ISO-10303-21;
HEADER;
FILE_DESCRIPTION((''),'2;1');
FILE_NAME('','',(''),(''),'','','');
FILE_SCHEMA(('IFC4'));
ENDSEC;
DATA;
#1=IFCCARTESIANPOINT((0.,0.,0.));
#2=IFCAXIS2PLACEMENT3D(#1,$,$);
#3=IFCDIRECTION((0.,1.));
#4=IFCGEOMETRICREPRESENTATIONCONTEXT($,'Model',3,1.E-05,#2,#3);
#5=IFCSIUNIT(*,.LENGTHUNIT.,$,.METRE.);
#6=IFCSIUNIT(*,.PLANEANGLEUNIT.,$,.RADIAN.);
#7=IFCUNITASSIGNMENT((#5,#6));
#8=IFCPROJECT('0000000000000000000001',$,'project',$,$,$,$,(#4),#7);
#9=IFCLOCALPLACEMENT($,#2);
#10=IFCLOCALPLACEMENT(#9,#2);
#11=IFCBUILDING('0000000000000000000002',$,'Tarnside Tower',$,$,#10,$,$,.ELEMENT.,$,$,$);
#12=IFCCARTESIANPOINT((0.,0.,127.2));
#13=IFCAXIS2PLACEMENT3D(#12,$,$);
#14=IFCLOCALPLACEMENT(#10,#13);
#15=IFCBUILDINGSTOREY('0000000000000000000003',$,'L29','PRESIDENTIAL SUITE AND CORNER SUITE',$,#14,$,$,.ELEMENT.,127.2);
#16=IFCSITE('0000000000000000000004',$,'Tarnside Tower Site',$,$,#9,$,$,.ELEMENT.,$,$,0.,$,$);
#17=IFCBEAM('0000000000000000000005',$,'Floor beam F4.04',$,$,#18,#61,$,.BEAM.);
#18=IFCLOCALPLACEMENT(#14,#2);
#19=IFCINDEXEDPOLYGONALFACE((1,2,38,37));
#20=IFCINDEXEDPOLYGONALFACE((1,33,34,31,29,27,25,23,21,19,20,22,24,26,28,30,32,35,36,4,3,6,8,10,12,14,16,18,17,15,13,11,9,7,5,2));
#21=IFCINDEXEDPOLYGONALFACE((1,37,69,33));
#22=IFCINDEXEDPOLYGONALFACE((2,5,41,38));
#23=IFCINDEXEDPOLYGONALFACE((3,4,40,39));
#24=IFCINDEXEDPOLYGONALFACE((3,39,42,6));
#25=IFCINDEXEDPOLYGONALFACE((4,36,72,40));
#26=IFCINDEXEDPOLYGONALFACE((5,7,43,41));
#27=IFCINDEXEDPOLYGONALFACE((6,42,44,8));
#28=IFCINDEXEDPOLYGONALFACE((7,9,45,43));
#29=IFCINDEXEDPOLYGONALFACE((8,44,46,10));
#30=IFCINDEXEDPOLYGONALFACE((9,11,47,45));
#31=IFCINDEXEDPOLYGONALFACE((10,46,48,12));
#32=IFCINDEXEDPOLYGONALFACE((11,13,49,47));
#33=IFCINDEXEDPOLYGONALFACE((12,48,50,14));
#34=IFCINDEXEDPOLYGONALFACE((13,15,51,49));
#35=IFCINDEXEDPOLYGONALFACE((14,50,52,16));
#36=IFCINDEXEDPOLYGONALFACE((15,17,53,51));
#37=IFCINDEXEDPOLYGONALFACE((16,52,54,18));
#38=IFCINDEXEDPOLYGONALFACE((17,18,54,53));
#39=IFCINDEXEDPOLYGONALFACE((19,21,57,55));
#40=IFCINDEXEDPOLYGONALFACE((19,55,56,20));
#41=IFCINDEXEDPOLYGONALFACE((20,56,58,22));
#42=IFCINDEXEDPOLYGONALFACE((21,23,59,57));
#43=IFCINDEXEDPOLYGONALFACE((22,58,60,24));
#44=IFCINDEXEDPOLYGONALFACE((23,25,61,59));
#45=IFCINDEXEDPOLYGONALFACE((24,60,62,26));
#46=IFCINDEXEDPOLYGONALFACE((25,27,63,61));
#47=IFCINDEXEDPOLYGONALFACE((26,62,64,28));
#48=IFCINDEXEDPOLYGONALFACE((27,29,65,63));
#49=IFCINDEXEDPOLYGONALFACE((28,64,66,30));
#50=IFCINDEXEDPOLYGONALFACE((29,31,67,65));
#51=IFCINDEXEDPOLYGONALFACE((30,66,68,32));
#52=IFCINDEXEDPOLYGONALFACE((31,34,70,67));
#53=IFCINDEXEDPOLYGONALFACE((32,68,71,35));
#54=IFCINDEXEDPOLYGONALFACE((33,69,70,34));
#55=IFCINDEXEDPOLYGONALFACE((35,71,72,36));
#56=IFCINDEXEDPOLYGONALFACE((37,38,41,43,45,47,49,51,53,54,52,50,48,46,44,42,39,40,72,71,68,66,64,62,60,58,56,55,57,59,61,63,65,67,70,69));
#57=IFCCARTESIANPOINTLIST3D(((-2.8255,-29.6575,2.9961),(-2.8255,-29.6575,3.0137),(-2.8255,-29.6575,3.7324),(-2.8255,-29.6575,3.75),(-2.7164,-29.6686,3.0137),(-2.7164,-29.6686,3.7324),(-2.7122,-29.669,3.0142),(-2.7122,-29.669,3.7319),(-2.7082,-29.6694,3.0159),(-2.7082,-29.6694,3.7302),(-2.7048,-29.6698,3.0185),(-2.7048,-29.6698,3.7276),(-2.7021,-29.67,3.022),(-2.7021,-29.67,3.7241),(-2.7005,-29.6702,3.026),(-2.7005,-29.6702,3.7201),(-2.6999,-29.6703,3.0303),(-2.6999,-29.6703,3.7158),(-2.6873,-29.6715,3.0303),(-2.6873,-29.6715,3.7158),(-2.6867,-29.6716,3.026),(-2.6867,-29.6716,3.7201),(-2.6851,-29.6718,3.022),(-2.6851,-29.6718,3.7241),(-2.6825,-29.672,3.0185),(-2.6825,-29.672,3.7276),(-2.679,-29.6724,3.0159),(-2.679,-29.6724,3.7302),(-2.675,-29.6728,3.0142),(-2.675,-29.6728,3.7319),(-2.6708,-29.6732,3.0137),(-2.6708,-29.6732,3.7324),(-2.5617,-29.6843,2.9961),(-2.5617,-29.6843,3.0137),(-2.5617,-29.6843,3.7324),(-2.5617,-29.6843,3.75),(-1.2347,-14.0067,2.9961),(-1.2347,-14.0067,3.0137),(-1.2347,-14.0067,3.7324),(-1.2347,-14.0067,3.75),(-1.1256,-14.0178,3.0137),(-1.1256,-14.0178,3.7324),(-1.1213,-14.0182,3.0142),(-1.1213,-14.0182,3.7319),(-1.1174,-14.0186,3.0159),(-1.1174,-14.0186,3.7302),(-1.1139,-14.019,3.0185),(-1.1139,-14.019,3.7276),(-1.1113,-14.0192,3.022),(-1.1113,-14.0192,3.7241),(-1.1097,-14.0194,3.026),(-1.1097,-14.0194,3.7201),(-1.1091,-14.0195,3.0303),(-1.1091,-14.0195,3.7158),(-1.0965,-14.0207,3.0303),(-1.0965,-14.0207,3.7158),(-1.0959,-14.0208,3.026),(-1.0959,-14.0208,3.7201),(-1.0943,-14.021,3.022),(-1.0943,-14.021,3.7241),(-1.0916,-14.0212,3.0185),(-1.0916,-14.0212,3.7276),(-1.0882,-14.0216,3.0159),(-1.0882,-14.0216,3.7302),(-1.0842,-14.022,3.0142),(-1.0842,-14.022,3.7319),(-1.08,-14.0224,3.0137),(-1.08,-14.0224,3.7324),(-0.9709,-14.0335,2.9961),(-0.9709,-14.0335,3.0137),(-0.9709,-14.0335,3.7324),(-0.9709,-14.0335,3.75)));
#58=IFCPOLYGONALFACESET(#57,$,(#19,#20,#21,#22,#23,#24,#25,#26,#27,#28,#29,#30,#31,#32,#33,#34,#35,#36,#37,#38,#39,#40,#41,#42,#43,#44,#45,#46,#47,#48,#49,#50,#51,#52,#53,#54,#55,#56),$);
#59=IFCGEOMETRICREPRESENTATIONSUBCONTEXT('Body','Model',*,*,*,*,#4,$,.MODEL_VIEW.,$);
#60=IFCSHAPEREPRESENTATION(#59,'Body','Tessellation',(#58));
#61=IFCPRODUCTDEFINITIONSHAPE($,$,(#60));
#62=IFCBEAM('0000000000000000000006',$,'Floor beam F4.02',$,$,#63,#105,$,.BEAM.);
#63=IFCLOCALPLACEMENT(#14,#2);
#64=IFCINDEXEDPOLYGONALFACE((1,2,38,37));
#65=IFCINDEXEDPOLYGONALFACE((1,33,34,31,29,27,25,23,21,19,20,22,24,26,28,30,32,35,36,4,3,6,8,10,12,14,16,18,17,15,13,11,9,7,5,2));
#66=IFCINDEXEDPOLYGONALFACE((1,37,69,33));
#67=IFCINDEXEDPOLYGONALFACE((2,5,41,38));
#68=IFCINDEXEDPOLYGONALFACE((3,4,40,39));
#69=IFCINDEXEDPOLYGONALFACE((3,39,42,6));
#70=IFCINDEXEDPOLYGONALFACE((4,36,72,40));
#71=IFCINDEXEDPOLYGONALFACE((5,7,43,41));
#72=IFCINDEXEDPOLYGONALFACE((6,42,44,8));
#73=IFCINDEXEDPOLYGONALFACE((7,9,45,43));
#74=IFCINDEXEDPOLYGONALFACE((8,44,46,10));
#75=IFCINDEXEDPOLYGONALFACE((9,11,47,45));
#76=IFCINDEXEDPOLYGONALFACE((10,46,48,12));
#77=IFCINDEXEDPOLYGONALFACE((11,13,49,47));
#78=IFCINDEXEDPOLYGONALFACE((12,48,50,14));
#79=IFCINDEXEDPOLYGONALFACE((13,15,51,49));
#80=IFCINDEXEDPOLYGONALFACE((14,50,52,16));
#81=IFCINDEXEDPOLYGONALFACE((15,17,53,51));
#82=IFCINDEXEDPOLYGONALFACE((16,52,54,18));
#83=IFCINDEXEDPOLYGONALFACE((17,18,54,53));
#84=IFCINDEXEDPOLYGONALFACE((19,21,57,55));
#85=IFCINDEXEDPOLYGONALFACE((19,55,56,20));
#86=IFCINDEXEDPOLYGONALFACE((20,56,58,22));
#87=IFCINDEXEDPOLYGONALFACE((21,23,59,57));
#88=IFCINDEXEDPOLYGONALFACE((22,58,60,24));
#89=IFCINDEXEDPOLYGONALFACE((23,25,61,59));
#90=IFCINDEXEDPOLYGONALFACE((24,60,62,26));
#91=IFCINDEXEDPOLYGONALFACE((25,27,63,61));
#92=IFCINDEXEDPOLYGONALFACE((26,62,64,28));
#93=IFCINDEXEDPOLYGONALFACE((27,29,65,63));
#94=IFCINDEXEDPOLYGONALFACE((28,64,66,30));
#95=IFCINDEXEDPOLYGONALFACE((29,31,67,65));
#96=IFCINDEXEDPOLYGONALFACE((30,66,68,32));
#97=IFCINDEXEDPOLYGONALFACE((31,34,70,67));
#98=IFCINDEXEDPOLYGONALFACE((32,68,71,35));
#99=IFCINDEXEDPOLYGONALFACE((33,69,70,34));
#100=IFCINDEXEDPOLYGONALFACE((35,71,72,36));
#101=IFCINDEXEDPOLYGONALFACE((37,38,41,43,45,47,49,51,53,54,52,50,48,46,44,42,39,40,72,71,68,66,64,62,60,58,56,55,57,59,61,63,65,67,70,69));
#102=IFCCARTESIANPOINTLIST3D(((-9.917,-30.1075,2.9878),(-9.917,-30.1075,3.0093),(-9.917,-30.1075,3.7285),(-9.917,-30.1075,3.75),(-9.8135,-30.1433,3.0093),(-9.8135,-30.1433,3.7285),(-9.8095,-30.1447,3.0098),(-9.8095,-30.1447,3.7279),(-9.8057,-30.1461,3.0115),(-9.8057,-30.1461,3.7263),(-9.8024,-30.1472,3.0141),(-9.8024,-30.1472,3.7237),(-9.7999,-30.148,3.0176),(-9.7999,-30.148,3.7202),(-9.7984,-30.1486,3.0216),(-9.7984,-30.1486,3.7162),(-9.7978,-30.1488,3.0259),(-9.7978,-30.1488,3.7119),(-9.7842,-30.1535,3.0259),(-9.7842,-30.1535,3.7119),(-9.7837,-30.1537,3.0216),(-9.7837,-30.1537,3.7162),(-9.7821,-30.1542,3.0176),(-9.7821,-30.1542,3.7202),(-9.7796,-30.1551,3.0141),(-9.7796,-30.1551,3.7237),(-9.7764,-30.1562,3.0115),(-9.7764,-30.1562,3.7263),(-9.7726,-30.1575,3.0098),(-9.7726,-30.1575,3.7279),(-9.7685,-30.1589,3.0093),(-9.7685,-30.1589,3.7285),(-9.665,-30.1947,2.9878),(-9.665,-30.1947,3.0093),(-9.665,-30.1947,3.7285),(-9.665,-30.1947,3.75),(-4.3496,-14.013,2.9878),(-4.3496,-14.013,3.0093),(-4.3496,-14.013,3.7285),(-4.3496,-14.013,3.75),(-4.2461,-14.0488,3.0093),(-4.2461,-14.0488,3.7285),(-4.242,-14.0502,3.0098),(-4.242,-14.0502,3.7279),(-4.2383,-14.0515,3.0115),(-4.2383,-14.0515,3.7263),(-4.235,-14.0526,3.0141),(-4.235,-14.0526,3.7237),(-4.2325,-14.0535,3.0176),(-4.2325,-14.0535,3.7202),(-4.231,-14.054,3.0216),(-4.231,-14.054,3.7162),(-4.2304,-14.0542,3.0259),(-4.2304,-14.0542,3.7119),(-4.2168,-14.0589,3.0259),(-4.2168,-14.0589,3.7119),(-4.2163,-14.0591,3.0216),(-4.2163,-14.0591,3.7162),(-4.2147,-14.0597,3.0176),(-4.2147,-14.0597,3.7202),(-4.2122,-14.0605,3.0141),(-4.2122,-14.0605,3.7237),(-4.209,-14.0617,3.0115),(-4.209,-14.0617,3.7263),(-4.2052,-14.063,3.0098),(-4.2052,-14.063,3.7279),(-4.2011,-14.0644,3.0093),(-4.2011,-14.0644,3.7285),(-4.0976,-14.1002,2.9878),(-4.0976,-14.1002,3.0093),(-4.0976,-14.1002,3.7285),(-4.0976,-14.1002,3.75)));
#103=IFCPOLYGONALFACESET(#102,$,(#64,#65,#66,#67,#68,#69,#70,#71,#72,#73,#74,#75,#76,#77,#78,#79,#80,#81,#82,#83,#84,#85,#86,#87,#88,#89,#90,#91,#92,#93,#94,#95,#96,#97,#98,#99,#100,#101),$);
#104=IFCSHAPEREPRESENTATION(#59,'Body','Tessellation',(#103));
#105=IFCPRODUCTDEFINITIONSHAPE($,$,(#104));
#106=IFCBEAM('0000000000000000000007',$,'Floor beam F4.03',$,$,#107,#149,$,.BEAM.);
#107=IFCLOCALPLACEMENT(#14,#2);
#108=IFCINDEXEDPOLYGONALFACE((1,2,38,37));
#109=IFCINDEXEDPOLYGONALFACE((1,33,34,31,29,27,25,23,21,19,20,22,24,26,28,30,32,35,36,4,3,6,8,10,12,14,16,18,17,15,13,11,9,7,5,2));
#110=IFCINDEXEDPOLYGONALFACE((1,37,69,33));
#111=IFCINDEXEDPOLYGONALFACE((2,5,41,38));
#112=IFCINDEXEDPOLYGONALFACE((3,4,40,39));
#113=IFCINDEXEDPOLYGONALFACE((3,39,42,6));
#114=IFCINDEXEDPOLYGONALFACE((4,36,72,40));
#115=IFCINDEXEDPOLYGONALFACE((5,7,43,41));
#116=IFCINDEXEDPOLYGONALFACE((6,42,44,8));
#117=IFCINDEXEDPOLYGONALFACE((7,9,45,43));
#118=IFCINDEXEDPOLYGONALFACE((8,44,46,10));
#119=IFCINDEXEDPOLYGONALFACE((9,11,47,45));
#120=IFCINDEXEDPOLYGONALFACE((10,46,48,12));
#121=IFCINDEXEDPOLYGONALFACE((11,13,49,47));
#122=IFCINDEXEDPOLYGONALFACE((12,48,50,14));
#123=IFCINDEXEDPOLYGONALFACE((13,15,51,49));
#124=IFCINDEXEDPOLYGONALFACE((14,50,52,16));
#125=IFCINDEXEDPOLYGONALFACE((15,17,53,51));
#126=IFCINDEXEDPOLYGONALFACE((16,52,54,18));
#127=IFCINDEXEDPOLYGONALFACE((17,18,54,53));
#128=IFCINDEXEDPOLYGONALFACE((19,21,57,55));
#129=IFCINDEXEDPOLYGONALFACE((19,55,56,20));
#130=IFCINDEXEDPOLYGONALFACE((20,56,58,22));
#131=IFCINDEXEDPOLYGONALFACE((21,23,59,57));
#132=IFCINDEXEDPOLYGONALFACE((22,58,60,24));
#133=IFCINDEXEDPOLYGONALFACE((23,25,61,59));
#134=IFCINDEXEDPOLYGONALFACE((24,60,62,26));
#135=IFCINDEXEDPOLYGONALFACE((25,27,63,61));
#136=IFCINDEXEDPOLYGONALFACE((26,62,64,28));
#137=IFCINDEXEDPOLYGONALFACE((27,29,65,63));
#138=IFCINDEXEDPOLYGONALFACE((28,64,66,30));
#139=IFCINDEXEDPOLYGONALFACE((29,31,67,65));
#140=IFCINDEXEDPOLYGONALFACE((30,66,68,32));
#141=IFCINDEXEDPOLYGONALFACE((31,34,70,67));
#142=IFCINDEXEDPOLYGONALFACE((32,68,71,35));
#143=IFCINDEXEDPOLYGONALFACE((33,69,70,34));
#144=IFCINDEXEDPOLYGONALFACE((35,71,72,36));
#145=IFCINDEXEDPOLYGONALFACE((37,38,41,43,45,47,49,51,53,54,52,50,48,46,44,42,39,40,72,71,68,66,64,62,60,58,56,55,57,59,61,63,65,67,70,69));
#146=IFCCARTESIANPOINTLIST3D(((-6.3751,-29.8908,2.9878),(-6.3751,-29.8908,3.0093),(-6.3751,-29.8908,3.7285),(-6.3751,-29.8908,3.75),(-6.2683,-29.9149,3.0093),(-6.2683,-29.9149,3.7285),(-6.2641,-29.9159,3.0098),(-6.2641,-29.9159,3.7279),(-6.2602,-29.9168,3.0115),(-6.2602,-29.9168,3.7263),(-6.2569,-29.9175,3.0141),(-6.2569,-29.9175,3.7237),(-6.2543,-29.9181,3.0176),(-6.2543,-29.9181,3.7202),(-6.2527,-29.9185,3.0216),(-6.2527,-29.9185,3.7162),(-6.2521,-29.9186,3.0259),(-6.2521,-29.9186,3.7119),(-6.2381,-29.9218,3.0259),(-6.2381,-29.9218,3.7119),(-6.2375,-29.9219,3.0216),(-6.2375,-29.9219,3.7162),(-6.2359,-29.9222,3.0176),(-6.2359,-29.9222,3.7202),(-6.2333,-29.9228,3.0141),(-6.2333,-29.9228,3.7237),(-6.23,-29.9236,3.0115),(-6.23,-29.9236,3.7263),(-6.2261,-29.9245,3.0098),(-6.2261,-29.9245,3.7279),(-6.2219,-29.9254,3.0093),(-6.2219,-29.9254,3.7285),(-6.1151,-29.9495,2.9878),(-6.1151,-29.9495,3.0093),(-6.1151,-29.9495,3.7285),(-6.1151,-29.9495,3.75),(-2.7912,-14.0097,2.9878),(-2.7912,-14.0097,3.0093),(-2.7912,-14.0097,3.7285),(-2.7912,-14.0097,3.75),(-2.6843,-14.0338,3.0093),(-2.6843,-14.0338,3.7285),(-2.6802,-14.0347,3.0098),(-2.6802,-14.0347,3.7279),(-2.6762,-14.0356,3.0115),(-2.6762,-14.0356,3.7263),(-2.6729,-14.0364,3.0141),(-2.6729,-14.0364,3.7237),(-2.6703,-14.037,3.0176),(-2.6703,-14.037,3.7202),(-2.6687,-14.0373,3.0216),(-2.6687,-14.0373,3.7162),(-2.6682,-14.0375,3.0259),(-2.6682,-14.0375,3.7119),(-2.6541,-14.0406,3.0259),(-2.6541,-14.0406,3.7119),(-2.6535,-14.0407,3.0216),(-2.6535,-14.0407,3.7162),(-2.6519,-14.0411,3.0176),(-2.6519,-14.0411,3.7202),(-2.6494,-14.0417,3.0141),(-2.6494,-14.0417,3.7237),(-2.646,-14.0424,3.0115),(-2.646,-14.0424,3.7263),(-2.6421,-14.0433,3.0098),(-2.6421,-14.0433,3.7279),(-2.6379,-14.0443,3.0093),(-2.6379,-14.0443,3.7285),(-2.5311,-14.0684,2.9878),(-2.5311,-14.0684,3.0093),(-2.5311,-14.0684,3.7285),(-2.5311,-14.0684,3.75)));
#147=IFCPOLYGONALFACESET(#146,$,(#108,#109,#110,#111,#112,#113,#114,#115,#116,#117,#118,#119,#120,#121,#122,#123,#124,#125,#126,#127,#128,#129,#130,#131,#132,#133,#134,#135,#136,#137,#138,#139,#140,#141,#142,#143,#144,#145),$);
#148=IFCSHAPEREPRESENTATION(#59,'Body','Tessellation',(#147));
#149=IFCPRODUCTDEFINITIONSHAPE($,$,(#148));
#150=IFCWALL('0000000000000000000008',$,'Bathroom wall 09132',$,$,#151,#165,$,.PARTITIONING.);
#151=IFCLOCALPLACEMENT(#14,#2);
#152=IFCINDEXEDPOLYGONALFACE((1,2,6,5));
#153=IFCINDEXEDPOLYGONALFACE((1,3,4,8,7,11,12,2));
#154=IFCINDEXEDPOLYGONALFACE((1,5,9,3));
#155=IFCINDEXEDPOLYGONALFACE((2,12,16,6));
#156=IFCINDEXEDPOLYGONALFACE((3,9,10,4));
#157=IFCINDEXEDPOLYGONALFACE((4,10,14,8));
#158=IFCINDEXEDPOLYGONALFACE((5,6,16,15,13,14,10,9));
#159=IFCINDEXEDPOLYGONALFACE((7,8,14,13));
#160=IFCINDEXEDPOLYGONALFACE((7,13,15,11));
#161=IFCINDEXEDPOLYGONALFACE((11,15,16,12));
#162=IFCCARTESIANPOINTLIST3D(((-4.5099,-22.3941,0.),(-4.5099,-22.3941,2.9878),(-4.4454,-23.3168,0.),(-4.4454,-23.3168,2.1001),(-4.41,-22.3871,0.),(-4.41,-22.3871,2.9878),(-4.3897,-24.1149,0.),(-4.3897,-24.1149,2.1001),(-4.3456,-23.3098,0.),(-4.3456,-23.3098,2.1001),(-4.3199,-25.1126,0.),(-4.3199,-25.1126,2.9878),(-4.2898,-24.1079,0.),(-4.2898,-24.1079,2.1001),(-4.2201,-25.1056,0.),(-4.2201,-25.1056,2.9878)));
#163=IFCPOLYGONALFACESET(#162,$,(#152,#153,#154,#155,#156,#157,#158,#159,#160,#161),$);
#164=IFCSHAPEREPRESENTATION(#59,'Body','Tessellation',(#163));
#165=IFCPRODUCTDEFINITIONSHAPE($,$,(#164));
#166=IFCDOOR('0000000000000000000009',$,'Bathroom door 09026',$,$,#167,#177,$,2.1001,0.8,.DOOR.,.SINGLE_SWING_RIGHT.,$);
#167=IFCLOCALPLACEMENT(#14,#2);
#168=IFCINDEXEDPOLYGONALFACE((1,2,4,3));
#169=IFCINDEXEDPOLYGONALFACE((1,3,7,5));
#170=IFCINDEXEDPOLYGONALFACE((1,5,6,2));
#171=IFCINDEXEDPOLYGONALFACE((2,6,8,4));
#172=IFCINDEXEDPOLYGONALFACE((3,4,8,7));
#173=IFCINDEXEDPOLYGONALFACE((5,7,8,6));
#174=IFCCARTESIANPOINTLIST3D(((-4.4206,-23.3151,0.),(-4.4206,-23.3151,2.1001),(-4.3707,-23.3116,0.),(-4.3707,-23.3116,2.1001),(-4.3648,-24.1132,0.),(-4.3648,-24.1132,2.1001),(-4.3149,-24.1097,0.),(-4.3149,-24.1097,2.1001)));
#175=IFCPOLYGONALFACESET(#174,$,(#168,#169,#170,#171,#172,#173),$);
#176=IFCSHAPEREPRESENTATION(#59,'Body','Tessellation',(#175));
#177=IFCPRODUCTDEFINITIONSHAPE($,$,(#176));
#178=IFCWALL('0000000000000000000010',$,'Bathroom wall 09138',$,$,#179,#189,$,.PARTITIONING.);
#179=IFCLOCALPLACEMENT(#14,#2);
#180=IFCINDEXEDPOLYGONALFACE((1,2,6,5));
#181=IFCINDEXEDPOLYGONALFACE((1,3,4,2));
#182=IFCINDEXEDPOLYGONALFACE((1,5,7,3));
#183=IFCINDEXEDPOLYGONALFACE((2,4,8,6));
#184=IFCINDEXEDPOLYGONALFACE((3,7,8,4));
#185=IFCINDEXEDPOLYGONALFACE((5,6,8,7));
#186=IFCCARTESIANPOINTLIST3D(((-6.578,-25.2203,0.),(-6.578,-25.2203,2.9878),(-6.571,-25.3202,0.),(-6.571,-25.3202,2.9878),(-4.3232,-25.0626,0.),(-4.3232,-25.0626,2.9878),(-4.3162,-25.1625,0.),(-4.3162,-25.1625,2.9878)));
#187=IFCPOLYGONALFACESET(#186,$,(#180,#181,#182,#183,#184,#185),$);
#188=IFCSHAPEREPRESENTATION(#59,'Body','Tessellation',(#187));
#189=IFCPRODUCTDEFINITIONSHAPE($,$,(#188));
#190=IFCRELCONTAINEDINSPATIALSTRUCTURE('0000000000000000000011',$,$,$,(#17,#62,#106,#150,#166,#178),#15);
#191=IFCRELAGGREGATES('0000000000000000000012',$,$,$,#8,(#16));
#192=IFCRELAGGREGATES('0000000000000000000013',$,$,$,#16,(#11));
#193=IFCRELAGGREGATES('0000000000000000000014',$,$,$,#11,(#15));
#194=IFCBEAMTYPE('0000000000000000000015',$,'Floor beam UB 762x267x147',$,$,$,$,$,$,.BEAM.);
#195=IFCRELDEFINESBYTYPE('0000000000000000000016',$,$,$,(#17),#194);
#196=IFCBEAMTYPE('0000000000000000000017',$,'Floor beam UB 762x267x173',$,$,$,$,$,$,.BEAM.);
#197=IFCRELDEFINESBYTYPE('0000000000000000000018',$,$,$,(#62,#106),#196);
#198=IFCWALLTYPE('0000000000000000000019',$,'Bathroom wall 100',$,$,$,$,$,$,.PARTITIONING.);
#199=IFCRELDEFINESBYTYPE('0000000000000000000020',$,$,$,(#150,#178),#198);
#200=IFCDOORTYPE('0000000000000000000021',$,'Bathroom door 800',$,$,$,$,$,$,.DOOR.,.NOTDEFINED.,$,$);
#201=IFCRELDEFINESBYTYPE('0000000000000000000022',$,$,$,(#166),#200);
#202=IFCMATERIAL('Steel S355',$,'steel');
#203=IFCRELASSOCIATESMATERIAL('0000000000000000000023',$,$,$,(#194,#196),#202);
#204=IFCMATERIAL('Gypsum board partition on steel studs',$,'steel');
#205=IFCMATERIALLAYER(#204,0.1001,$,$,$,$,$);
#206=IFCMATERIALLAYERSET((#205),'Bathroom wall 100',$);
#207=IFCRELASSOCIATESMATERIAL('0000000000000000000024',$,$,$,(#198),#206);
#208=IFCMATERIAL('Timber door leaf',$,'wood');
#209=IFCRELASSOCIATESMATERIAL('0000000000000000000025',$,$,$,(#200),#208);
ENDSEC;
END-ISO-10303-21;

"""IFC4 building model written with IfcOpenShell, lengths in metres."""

from ifc_helpers import new_model, si_unit, direction, frame, frame_2d, origin, origin_2d, place, context, subcontext, project, spatial, rectangle, i_section, extrude, material, layer, layer_set, material_profile, profile_set, type_object, element, fill, save


model = new_model("IFC4")

# Units and contexts
model_context = context("Model", 3, precision=1e-05, world=origin(), true_north=direction((0.0, 1.0)))
body_context = subcontext(model_context, "Body", "Model", "MODEL_VIEW")
ifc_project = project(units=[si_unit("LENGTHUNIT", "METRE"), si_unit("PLANEANGLEUNIT", "RADIAN")], contexts=[model_context])

# Site, building, storey
site_placement = place(None, origin())
site = spatial("IfcSite", under=ifc_project, at=site_placement, Name="Tarnside Tower Site", CompositionType="ELEMENT", RefElevation=0.0)
building_placement = place(site_placement, origin())
building = spatial("IfcBuilding", under=site, at=building_placement, Name="Tarnside Tower", CompositionType="ELEMENT")
storey_placement = place(building_placement, frame((0.0, 0.0, 127.2)))
storey = spatial("IfcBuildingStorey", under=building, at=storey_placement, Name="L29", Description="PRESIDENTIAL SUITE AND CORNER SUITE", CompositionType="ELEMENT", Elevation=127.2)

# Beams
ifc_material_1 = material(Name="Steel S355", Category="steel")
ifc_material_profile_1 = material_profile(ifc_material_1, i_section(OverallWidth=0.2651, OverallDepth=0.7539, WebThickness=0.0127, FlangeThickness=0.0176, FilletRadius=0.0166, at=origin_2d()), Name="UB 762x267x147")
ifc_profile_set_1 = profile_set([ifc_material_profile_1], Name="Steel S355")
beam_type_1 = type_object("IfcBeamType", Name="Floor beam UB 762x267x147", PredefinedType="BEAM", material=ifc_profile_set_1)
beam_1_placement = place(storey_placement, frame((-2.6936, -29.6709, 3.373), z_axis=(0.101123, 0.994874, 0.0), x_axis=(-0.994874, 0.101123, 0.0)))
element("IfcBeam", 1, at=beam_1_placement, inside=storey, type_object=beam_type_1, Name="Floor beam F4.04", PredefinedType="BEAM", context=body_context, shape_type="SweptSolid", body=[
    extrude(i_section(OverallWidth=0.2651, OverallDepth=0.7539, WebThickness=0.0127, FlangeThickness=0.0176, FilletRadius=0.0166, at=origin_2d()), origin(), (0.0, 0.0, 1.0), 15.7314),
])
ifc_material_profile_2 = material_profile(ifc_material_1, i_section(OverallWidth=0.2666, OverallDepth=0.7622, WebThickness=0.0144, FlangeThickness=0.0215, FilletRadius=0.0166, at=origin_2d()), Name="UB 762x267x173")
ifc_profile_set_2 = profile_set([ifc_material_profile_2], Name="Steel S355")
beam_type_2 = type_object("IfcBeamType", Name="Floor beam UB 762x267x173", PredefinedType="BEAM", material=ifc_profile_set_2)
beam_2_placement = place(storey_placement, frame((-9.791, -30.1511, 3.3689), z_axis=(0.326912, 0.945055, 0.0), x_axis=(-0.945055, 0.326912, 0.0)))
element("IfcBeam", 2, at=beam_2_placement, inside=storey, type_object=beam_type_2, Name="Floor beam F4.02", PredefinedType="BEAM", context=body_context, shape_type="SweptSolid", body=[
    extrude(i_section(OverallWidth=0.2666, OverallDepth=0.7622, WebThickness=0.0144, FlangeThickness=0.0215, FilletRadius=0.0166, at=origin_2d()), origin(), (0.0, 0.0, 1.0), 17.0303),
])
beam_3_placement = place(storey_placement, frame((-6.2451, -29.9202, 3.3689), z_axis=(0.22014, 0.975468, 0.0), x_axis=(-0.975468, 0.22014, 0.0)))
element("IfcBeam", 3, at=beam_3_placement, inside=storey, type_object=beam_type_2, Name="Floor beam F4.03", PredefinedType="BEAM", context=body_context, shape_type="SweptSolid", body=[
    extrude(i_section(OverallWidth=0.2666, OverallDepth=0.7622, WebThickness=0.0144, FlangeThickness=0.0215, FilletRadius=0.0166, at=origin_2d()), origin(), (0.0, 0.0, 1.0), 16.2805),
])

# Wall, opening, door
ifc_material_2 = material(Name="Gypsum board partition on steel studs", Category="steel")
ifc_layer_1 = layer(ifc_material_2, 0.1001)
ifc_layer_set_1 = layer_set([ifc_layer_1], Name="Bathroom wall 100")
wall_type_1 = type_object("IfcWallType", Name="Bathroom wall 100", PredefinedType="PARTITIONING", material=ifc_layer_set_1)
wall_1_placement = place(storey_placement, frame((-4.46, -22.3906, 0.0), z_axis=(0.0, 0.0, 1.0), x_axis=(0.0697, -0.997568, 0.0)))
wall_1 = element("IfcWall", 4, at=wall_1_placement, inside=storey, type_object=wall_type_1, Name="Bathroom wall 09132", PredefinedType="PARTITIONING", context=body_context, shape_type="SweptSolid", body=[
    extrude(rectangle(XDim=2.7251, YDim=0.1001, at=frame_2d((1.3625, 0.0))), origin(), (0.0, 0.0, 1.0), 2.9878),
])
opening_1_placement = place(wall_1_placement, frame((0.925, 0.0, 0.0)))
opening_1 = element("IfcOpeningElement", 5, at=opening_1_placement, cuts=wall_1, PredefinedType="OPENING", context=body_context, shape_type="SweptSolid", body=[
    extrude(rectangle(XDim=0.8, YDim=2.1001, at=frame_2d((0.3999, 1.05))), frame((0.0, 0.0601, 0.0), z_axis=(0.0, -1.0, 0.0), x_axis=(1.0, 0.0, 0.0)), (0.0, 0.0, 1.0), 0.1201),
])
ifc_material_3 = material(Name="Timber door leaf", Category="wood")
door_type_1 = type_object("IfcDoorType", Name="Bathroom door 800", OperationType="NOTDEFINED", PredefinedType="DOOR", material=ifc_material_3)
door_1_placement = place(opening_1_placement, origin())
door_1 = element("IfcDoor", 6, at=door_1_placement, inside=storey, type_object=door_type_1, Name="Bathroom door 09026", OperationType="SINGLE_SWING_RIGHT", OverallHeight=2.1001, OverallWidth=0.8, PredefinedType="DOOR", context=body_context, shape_type="SweptSolid", body=[
    extrude(rectangle(XDim=0.8, YDim=2.1001, at=frame_2d((0.3999, 1.05))), frame((0.0, 0.0249, 0.0), z_axis=(0.0, -1.0, 0.0), x_axis=(1.0, 0.0, 0.0)), (0.0, 0.0, 1.0), 0.05),
])
fill(opening_1, door_1)

# Wall
wall_2_placement = place(storey_placement, frame((-6.5745, -25.2703, 0.0), z_axis=(0.0, 0.0, 1.0), x_axis=(0.997562, 0.069781, 0.0)))
element("IfcWall", 7, at=wall_2_placement, inside=storey, type_object=wall_type_1, Name="Bathroom wall 09138", PredefinedType="PARTITIONING", context=body_context, shape_type="SweptSolid", body=[
    extrude(rectangle(XDim=2.2603, YDim=0.1001, at=frame_2d((1.1301, 0.0))), origin(), (0.0, 0.0, 1.0), 2.9878),
])

save(model, "model.ifc")
